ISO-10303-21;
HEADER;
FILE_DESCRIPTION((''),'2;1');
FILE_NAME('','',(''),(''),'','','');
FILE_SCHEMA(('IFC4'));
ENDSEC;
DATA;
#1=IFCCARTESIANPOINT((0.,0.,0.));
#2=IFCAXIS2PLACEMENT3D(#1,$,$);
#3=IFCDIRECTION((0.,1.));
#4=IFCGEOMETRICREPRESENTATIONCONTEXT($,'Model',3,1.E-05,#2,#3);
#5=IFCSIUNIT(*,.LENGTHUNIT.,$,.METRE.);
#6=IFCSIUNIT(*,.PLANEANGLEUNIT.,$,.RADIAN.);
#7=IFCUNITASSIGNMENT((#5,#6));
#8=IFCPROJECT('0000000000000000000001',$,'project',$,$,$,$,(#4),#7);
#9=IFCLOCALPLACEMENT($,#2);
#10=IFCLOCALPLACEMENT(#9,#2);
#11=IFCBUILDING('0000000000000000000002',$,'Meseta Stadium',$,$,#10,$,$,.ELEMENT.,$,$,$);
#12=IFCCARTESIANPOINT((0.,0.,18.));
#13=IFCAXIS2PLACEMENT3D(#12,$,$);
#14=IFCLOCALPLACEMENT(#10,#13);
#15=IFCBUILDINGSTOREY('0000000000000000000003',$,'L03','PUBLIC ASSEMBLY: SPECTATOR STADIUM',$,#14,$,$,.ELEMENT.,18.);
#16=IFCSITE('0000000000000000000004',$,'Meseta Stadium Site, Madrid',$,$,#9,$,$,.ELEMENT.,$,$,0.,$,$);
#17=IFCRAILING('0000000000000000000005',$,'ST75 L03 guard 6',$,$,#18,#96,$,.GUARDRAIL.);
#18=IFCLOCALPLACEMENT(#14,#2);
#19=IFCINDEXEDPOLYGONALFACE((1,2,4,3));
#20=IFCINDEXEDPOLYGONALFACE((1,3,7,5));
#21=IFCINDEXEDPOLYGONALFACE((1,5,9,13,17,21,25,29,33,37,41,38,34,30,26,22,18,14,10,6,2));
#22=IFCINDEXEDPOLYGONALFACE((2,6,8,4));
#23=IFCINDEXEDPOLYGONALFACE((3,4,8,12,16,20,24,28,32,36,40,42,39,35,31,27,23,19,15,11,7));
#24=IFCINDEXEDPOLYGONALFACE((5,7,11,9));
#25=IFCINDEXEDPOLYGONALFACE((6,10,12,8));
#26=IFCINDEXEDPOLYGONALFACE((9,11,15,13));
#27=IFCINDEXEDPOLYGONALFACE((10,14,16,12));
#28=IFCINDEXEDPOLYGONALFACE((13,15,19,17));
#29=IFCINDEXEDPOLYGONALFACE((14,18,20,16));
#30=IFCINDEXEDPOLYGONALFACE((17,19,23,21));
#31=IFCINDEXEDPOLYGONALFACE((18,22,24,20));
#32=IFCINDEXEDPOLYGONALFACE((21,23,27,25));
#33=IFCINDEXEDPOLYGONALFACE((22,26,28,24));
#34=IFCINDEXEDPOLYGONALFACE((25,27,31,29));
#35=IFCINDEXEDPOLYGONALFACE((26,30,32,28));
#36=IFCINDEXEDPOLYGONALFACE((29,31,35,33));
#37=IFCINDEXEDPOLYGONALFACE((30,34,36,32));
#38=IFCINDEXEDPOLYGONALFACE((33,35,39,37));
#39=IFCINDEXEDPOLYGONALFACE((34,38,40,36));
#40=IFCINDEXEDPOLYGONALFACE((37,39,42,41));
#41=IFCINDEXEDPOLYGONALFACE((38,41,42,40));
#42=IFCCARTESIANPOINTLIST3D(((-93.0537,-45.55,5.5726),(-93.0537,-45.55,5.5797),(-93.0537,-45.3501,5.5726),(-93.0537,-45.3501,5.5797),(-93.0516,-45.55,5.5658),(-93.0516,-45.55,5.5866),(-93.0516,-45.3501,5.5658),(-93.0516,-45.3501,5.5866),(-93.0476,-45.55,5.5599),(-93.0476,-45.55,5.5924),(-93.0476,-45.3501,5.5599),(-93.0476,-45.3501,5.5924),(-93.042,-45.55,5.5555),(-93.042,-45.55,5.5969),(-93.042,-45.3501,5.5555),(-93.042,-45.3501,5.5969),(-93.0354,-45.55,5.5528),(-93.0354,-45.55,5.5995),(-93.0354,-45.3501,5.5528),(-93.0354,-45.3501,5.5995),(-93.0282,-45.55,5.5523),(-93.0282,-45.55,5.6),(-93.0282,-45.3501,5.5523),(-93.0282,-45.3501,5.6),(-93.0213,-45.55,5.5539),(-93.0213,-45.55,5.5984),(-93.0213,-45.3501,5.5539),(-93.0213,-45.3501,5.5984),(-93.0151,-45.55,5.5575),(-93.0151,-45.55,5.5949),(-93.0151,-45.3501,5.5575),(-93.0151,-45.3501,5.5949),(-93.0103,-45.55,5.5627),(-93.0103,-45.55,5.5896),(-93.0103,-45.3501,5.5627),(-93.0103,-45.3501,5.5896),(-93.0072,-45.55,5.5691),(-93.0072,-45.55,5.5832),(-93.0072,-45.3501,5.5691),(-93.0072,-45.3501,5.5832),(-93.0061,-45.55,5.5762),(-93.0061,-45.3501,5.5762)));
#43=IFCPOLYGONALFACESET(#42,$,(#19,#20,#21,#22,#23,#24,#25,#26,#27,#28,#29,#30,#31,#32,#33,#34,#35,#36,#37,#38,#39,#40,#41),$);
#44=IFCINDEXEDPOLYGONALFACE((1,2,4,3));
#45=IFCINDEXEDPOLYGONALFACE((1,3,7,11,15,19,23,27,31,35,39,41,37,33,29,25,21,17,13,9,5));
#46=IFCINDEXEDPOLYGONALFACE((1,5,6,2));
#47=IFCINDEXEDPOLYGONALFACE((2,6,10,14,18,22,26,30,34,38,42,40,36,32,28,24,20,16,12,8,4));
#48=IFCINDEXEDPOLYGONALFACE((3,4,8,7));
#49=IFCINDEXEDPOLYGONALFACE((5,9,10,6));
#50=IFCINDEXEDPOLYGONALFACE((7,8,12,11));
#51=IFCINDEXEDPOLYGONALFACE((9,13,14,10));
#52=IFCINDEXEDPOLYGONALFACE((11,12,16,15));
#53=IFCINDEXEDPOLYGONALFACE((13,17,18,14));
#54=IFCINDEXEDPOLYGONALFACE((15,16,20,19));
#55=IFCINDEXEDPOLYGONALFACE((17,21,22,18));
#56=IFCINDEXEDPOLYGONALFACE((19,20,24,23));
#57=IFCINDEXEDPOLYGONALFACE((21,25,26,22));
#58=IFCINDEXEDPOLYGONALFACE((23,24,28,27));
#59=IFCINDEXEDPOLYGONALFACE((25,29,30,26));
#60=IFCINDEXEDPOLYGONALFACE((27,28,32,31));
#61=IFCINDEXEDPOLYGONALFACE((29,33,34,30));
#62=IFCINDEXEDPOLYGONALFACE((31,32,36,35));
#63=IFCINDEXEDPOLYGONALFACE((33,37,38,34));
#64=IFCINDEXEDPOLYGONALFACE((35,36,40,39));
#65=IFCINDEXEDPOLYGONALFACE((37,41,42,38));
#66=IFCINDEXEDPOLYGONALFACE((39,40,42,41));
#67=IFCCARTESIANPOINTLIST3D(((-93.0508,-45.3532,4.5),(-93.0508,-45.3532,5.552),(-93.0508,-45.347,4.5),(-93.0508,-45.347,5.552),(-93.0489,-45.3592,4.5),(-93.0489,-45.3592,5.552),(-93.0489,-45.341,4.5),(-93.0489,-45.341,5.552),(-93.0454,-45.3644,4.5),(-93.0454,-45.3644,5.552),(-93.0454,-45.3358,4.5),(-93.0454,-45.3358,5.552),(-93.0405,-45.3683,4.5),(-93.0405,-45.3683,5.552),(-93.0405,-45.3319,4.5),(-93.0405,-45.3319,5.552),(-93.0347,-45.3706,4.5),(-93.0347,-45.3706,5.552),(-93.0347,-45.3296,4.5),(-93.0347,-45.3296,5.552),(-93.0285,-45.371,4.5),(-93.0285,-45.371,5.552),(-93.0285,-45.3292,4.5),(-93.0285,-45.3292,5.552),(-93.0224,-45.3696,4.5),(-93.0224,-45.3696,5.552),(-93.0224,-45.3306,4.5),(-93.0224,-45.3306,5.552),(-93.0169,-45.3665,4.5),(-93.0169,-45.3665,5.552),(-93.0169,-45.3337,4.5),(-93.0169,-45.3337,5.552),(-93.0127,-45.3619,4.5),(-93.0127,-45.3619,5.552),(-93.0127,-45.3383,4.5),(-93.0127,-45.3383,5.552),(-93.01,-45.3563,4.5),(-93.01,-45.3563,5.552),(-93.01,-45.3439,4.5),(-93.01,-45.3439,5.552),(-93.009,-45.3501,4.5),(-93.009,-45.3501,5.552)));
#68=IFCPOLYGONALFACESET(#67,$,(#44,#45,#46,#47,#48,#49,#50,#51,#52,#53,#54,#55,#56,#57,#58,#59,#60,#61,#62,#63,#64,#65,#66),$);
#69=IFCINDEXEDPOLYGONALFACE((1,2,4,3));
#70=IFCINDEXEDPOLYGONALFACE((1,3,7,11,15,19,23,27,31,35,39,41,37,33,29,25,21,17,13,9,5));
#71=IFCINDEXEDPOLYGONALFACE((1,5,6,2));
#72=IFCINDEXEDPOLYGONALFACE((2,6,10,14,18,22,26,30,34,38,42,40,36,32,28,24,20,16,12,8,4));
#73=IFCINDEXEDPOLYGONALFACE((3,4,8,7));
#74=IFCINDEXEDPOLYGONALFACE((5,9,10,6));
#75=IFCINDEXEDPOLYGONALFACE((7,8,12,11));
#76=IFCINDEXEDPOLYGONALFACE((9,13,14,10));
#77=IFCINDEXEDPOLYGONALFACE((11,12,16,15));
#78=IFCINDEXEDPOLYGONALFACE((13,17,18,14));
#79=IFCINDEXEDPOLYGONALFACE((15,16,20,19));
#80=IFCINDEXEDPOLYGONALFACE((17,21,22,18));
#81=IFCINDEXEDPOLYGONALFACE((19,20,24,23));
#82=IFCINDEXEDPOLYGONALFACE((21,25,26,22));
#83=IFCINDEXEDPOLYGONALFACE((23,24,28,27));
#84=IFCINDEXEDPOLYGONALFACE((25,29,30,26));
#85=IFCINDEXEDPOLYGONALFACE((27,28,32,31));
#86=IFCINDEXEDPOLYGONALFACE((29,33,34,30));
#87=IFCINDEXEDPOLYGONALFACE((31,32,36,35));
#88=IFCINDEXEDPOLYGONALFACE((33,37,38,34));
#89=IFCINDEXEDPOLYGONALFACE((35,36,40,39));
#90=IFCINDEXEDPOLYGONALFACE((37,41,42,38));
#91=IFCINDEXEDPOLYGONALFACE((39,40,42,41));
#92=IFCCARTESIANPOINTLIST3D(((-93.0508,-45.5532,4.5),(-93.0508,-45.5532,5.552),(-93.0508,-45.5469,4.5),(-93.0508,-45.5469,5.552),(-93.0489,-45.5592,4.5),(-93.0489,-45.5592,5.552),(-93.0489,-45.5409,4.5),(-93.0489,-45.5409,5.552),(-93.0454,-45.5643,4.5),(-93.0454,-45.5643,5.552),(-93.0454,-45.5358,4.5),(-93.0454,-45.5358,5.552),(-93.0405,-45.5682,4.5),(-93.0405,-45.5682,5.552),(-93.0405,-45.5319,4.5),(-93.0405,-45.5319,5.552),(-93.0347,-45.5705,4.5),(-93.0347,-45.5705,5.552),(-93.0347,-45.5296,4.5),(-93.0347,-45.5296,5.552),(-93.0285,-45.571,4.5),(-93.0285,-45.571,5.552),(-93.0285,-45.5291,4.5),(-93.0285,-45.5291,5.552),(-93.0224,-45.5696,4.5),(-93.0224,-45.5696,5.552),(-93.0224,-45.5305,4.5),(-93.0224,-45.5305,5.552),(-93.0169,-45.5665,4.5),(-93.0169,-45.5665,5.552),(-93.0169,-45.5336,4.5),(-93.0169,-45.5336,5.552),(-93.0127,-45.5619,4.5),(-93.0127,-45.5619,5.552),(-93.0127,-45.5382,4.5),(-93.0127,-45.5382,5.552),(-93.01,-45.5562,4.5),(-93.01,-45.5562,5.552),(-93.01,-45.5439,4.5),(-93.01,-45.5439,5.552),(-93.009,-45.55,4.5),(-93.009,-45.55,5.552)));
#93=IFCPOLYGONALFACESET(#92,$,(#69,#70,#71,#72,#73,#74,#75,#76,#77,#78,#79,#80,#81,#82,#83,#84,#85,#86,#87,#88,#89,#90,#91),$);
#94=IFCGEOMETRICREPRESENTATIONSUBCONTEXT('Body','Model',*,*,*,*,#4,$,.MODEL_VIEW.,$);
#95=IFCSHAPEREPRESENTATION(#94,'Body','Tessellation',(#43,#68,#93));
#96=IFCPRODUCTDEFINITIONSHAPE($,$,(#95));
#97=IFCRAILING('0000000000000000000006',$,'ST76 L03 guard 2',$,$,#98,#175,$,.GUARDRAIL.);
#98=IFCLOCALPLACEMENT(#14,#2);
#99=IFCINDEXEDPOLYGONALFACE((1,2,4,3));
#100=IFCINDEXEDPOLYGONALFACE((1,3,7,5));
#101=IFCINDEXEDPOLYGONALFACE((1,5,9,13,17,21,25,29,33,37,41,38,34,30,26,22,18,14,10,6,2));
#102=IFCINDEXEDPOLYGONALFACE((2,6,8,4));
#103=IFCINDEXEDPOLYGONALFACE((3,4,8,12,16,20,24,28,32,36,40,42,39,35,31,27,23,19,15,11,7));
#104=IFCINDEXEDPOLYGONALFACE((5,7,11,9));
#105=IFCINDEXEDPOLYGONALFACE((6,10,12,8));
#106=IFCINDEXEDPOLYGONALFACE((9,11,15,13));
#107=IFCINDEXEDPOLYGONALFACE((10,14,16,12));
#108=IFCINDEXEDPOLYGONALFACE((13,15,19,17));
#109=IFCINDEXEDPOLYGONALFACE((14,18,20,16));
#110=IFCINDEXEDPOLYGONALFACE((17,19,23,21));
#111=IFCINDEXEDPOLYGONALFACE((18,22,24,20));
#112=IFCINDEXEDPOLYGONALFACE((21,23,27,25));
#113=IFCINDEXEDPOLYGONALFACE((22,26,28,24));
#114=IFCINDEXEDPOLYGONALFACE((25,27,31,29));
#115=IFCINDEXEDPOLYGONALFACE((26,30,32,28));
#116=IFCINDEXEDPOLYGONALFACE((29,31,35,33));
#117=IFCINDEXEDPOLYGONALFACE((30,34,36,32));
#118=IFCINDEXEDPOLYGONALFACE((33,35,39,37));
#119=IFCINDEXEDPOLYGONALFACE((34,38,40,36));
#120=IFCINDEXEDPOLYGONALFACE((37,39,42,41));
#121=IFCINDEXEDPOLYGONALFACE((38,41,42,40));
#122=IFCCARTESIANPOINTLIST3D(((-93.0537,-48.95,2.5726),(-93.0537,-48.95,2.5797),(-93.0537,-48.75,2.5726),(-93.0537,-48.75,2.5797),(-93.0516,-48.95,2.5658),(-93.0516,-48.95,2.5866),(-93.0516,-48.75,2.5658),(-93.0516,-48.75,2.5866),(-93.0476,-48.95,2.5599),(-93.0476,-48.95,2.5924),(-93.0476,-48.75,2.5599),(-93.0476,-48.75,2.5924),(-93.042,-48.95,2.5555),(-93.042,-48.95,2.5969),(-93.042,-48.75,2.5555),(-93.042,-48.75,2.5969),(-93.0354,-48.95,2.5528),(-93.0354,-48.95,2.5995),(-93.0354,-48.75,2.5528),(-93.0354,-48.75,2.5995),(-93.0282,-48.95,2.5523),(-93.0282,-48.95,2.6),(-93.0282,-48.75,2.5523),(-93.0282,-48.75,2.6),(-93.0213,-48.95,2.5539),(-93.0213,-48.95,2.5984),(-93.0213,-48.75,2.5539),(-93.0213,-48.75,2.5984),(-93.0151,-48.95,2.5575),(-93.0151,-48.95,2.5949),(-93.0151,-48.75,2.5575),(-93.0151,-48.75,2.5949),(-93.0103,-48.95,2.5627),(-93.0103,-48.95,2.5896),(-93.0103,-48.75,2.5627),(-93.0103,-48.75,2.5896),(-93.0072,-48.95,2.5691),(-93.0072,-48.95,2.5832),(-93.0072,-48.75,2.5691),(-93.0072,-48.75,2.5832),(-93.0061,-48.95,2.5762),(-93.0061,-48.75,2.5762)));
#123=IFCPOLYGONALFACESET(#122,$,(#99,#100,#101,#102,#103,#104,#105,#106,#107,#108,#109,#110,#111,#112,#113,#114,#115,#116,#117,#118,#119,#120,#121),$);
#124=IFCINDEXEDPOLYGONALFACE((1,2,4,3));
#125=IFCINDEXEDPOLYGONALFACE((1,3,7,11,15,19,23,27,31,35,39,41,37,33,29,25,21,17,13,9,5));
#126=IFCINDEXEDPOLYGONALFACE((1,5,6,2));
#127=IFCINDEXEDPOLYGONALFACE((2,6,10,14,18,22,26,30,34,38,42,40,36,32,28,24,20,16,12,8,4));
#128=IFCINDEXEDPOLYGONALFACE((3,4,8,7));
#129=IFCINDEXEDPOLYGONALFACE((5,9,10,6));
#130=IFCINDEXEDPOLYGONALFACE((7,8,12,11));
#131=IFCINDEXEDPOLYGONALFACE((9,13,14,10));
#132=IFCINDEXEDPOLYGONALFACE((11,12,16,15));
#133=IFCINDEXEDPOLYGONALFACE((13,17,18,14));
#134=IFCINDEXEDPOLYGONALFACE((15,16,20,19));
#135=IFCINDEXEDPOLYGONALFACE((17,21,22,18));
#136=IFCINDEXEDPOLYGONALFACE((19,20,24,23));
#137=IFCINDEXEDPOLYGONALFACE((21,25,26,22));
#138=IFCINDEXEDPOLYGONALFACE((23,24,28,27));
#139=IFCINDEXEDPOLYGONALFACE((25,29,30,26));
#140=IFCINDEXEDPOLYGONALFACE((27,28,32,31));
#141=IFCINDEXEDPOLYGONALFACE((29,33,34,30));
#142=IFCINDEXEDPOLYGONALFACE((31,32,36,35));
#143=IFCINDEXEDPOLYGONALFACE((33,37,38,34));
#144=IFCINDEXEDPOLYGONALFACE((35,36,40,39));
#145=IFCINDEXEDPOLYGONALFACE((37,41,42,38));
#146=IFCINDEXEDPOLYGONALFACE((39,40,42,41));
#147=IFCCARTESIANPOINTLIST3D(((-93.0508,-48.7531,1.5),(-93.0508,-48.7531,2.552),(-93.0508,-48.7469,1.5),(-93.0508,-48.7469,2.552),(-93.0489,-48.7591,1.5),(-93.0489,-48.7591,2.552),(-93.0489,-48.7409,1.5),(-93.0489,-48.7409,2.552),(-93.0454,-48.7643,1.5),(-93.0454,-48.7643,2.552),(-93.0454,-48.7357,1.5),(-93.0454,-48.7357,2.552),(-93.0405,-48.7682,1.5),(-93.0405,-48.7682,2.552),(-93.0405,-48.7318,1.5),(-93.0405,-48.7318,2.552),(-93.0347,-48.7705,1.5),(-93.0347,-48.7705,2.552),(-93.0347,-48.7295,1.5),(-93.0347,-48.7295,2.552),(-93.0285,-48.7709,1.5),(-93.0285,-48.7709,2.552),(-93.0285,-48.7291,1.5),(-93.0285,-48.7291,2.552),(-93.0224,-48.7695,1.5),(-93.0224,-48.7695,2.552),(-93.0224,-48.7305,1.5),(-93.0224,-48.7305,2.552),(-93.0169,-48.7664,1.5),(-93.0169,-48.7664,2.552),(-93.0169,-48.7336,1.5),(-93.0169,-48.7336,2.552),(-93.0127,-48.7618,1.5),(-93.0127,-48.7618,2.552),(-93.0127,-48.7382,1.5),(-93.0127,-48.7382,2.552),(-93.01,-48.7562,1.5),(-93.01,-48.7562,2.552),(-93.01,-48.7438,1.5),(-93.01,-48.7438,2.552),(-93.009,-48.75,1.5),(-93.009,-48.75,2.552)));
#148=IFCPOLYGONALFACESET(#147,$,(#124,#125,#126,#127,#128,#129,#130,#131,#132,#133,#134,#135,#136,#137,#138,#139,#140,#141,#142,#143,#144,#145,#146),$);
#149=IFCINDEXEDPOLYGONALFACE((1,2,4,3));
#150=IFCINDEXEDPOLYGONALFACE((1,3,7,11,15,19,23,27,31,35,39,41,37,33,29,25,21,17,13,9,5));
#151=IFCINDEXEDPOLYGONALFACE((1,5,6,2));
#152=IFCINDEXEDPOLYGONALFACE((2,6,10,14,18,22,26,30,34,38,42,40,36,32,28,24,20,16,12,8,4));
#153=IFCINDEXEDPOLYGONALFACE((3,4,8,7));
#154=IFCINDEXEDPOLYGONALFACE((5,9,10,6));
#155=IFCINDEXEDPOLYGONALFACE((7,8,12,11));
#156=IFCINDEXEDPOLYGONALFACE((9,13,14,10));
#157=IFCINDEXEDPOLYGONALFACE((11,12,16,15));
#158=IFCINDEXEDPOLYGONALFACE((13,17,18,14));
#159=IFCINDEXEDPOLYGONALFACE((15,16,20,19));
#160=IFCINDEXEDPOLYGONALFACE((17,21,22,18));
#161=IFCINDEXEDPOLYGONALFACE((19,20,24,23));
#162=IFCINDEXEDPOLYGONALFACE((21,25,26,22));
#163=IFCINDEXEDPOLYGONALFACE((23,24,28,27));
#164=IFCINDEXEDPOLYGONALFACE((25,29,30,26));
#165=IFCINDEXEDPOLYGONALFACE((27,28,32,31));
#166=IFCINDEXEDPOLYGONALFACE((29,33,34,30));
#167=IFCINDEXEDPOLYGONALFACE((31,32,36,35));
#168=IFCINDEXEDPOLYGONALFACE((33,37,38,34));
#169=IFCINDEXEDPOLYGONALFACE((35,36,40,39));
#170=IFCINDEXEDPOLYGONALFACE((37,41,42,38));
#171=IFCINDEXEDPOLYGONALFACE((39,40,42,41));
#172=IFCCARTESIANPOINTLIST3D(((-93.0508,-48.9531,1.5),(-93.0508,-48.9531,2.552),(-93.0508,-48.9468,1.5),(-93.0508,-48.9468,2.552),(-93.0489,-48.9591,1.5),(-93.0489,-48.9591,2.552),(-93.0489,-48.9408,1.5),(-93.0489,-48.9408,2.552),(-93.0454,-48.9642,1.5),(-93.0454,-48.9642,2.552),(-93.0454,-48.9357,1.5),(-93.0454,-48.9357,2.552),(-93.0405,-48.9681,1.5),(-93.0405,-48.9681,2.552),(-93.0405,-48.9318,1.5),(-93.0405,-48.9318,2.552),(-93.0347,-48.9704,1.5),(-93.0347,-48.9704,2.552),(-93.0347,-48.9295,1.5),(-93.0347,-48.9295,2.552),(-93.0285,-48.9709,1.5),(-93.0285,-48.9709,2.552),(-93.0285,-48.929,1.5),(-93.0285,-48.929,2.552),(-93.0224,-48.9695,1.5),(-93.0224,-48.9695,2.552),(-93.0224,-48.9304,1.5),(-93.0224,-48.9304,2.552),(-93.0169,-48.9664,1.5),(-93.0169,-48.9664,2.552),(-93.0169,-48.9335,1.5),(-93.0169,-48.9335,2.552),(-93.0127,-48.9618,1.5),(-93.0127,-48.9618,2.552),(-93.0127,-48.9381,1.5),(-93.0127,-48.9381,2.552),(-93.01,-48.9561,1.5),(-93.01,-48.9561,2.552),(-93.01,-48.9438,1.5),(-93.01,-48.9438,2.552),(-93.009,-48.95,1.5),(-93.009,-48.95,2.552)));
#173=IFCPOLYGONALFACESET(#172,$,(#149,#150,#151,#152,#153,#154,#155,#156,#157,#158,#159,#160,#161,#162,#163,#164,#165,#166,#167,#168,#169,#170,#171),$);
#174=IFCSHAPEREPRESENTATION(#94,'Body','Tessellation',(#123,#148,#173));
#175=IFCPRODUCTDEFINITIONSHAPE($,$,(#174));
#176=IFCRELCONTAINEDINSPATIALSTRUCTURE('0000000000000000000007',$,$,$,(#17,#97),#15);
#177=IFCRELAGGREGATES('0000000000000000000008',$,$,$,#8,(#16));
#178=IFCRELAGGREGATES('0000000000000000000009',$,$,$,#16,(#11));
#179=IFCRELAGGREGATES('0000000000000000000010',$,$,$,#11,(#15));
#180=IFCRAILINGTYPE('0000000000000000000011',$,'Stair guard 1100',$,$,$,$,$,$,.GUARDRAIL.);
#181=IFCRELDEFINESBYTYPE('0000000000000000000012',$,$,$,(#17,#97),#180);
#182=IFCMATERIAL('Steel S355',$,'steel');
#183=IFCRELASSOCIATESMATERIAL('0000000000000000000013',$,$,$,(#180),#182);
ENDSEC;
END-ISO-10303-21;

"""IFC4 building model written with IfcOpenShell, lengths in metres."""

from ifc_helpers import new_model, si_unit, direction, frame, origin, origin_2d, place, context, subcontext, project, spatial, circle, extrude, material, type_object, element, save


model = new_model("IFC4")

# Units and contexts
model_context = context("Model", 3, precision=1e-05, world=origin(), true_north=direction((0.0, 1.0)))
body_context = subcontext(model_context, "Body", "Model", "MODEL_VIEW")
ifc_project = project(units=[si_unit("LENGTHUNIT", "METRE"), si_unit("PLANEANGLEUNIT", "RADIAN")], contexts=[model_context])

# Site, building, storey
site_placement = place(None, origin())
site = spatial("IfcSite", under=ifc_project, at=site_placement, Name="Meseta Stadium Site, Madrid", CompositionType="ELEMENT", RefElevation=0.0)
building_placement = place(site_placement, origin())
building = spatial("IfcBuilding", under=site, at=building_placement, Name="Meseta Stadium", CompositionType="ELEMENT")
storey_placement = place(building_placement, frame((0.0, 0.0, 18.0)))
storey = spatial("IfcBuildingStorey", under=building, at=storey_placement, Name="L03", Description="PUBLIC ASSEMBLY: SPECTATOR STADIUM", CompositionType="ELEMENT", Elevation=18.0)

# Railings
ifc_material_1 = material(Name="Steel S355", Category="steel")
railing_type = type_object("IfcRailingType", Name="Stair guard 1100", PredefinedType="GUARDRAIL", material=ifc_material_1)
for number, where, name in (
    (1, (-93.03, -45.3501, 4.5), "ST75 L03 guard 6"),
    (2, (-93.03, -48.75, 1.5), "ST76 L03 guard 2"),
):
    element("IfcRailing", number, at=place(storey_placement, frame(where)), inside=storey, type_object=railing_type, Name=name, PredefinedType="GUARDRAIL", context=body_context, shape_type="SweptSolid", body=[
        extrude(circle(Radius=0.0239, at=origin_2d()), frame((0.0, 0.0, 1.0762), z_axis=(0.0, -1.0, 0.0), x_axis=(1.0, 0.0, 0.0)), (0.0, 0.0, 1.0), 0.2),
        extrude(circle(Radius=0.021, at=origin_2d()), origin(), (0.0, 0.0, 1.0), 1.052),
        extrude(circle(Radius=0.021, at=origin_2d()), frame((0.0, -0.2, 0.0)), (0.0, 0.0, 1.0), 1.052),
    ])

save(model, "model.ifc")
